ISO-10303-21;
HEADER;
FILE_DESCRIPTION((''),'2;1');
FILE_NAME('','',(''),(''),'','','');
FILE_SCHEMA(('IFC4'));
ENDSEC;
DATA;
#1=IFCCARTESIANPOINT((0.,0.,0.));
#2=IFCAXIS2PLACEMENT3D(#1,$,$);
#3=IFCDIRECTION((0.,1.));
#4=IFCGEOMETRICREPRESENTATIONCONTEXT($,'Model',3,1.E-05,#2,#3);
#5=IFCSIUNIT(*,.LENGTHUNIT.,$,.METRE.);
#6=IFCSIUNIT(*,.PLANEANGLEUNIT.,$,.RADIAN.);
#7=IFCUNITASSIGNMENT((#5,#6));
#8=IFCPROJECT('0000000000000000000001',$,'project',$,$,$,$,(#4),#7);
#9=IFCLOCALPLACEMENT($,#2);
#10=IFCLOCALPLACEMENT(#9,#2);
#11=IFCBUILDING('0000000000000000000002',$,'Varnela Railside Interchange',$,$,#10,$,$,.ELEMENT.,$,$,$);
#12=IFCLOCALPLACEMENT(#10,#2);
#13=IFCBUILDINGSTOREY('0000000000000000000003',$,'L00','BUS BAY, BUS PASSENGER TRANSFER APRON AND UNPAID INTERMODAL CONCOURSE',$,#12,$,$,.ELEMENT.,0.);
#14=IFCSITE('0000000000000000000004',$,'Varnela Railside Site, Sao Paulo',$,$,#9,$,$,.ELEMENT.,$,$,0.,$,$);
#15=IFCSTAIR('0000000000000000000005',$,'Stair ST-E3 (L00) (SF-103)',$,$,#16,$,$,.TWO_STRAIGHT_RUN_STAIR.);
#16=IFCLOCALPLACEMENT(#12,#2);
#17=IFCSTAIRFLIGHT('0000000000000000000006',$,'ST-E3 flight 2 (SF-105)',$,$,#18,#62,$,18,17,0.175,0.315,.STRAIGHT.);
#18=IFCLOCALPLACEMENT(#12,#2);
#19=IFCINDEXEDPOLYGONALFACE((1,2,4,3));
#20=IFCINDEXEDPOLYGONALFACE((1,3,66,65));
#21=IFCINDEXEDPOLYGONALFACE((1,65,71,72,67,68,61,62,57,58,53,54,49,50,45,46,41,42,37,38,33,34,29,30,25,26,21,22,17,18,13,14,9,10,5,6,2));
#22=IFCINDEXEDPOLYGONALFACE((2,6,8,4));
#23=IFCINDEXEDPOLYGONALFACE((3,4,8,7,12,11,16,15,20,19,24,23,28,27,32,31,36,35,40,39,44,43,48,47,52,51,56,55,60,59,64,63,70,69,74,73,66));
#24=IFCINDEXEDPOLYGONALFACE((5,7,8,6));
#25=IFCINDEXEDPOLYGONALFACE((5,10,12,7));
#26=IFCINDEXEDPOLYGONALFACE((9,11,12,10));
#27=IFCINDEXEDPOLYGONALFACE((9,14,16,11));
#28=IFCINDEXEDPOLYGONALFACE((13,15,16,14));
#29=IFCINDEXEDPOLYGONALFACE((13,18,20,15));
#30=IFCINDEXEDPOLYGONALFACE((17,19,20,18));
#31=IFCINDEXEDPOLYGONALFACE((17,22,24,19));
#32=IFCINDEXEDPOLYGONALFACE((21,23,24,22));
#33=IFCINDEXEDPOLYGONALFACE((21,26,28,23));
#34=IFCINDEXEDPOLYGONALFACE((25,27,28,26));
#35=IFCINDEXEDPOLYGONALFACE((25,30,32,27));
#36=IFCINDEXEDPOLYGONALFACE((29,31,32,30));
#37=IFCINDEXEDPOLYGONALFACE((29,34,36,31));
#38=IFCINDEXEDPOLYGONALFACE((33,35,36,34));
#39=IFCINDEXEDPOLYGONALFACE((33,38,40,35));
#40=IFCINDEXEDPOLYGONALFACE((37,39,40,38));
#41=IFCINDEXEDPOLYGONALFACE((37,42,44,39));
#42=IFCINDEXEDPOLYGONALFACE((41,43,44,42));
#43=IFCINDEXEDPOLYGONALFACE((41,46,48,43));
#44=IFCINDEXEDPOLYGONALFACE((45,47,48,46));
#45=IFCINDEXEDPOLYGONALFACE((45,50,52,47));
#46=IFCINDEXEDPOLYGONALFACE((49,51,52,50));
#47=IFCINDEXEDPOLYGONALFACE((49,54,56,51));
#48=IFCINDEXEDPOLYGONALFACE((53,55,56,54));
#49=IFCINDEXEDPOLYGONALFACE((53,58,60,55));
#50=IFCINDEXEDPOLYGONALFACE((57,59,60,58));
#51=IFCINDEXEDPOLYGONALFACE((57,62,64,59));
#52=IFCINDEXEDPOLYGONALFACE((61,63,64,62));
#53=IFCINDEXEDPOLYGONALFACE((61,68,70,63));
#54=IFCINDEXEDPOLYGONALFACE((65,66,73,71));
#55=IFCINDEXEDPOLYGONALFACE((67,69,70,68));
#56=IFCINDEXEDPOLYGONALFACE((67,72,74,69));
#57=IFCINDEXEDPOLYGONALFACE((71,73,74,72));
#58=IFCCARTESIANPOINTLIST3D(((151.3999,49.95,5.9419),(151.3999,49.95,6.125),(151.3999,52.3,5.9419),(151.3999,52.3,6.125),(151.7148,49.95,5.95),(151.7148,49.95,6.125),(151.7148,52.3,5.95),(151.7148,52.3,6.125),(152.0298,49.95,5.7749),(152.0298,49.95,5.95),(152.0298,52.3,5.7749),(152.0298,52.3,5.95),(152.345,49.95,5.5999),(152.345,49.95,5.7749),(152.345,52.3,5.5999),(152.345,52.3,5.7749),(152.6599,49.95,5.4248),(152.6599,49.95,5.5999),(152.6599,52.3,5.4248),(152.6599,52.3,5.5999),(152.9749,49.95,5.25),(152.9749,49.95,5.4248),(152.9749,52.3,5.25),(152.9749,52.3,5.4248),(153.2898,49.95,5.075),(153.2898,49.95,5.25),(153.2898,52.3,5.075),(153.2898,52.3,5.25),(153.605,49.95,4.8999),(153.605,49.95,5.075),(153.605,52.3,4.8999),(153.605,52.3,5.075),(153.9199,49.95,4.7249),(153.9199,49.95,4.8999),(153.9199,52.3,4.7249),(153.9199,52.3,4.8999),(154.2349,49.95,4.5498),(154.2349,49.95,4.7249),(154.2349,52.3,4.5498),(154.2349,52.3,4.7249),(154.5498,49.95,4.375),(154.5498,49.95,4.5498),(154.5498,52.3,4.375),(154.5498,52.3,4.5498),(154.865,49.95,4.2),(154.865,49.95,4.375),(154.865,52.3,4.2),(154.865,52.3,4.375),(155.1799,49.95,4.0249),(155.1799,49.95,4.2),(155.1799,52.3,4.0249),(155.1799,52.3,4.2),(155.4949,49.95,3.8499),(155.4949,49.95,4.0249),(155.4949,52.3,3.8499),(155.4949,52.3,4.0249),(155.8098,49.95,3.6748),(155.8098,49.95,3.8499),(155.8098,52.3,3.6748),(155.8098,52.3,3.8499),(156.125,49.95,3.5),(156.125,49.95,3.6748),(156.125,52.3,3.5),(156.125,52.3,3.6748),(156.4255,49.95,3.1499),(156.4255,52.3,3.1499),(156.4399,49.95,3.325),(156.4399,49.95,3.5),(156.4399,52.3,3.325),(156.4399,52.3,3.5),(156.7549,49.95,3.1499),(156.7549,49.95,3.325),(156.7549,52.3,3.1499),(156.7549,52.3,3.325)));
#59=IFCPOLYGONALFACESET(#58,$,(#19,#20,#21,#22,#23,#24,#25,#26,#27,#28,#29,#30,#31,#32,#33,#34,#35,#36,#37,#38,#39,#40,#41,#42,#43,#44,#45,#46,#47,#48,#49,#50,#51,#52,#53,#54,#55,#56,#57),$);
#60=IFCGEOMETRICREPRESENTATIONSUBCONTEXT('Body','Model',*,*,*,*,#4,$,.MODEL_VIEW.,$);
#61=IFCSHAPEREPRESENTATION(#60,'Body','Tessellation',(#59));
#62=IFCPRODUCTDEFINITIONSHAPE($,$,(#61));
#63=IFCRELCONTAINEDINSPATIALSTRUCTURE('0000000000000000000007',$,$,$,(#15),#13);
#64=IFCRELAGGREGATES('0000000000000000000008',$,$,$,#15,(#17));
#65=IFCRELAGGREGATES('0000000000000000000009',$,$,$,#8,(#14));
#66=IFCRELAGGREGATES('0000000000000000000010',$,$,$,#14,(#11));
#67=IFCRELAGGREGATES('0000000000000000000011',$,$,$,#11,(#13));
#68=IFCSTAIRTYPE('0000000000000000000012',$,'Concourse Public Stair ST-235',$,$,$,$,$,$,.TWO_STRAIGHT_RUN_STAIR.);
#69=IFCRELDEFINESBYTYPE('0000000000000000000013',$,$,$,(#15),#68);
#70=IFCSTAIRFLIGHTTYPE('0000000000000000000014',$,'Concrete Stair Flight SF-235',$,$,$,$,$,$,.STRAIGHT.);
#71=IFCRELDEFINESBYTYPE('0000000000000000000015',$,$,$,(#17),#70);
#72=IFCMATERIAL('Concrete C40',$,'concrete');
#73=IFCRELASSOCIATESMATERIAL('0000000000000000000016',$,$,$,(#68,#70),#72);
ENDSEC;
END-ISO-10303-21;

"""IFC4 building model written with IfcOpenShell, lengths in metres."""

from ifc_helpers import new_model, si_unit, direction, frame, origin, place, context, subcontext, project, spatial, polyline, outline, extrude, material, type_object, element, aggregate, save


model = new_model("IFC4")

# Units and contexts
model_context = context("Model", 3, precision=1e-05, world=origin(), true_north=direction((0.0, 1.0)))
body_context = subcontext(model_context, "Body", "Model", "MODEL_VIEW")
ifc_project = project(units=[si_unit("LENGTHUNIT", "METRE"), si_unit("PLANEANGLEUNIT", "RADIAN")], contexts=[model_context])

# Site, building, storey
site_placement = place(None, origin())
site = spatial("IfcSite", under=ifc_project, at=site_placement, Name="Varnela Railside Site, Sao Paulo", CompositionType="ELEMENT", RefElevation=0.0)
building_placement = place(site_placement, origin())
building = spatial("IfcBuilding", under=site, at=building_placement, Name="Varnela Railside Interchange", CompositionType="ELEMENT")
storey_placement = place(building_placement, origin())
storey = spatial("IfcBuildingStorey", under=building, at=storey_placement, Name="L00", Description="BUS BAY, BUS PASSENGER TRANSFER APRON AND UNPAID INTERMODAL CONCOURSE", CompositionType="ELEMENT", Elevation=0.0)

# Shared definitions
ifc_material_1 = material(Name="Concrete C40", Category="concrete")

# Stair, stair flight
stair_type = type_object("IfcStairType", Name="Concourse Public Stair ST-235", PredefinedType="TWO_STRAIGHT_RUN_STAIR", material=ifc_material_1)
stair_placement = place(storey_placement, origin())
stair = element("IfcStair", 1, at=stair_placement, inside=storey, type_object=stair_type, Name="Stair ST-E3 (L00) (SF-103)", PredefinedType="TWO_STRAIGHT_RUN_STAIR")
stair_flight_type = type_object("IfcStairFlightType", Name="Concrete Stair Flight SF-235", PredefinedType="STRAIGHT", material=ifc_material_1)
stair_flight_1_placement = place(storey_placement, frame((156.7549, 51.125, 3.1499), z_axis=(0.0, 0.0, 1.0), x_axis=(-1.0, 0.0, 0.0)))
stair_flight_1 = element("IfcStairFlight", 2, at=stair_flight_1_placement, type_object=stair_flight_type, Name="ST-E3 flight 2 (SF-105)", NumberOfRisers=18, NumberOfTreads=17, PredefinedType="STRAIGHT", RiserHeight=0.175, TreadLength=0.315, context=body_context, shape_type="SweptSolid", body=[
    extrude(outline(polyline([(0.0, 0.0), (0.0, 0.175), (0.3149, 0.175), (0.3149, 0.3501), (0.6299, 0.3501), (0.6299, 0.5249), (0.9451, 0.5249), (0.9451, 0.7), (1.26, 0.7), (1.26, 0.875), (1.575, 0.875), (1.575, 1.05), (1.8899, 1.05), (1.8899, 1.2251), (2.2051, 1.2251), (2.2051, 1.3999), (2.52, 1.3999), (2.52, 1.575), (2.835, 1.575), (2.835, 1.75), (3.1499, 1.75), (3.1499, 1.925), (3.4651, 1.925), (3.4651, 2.1001), (3.78, 2.1001), (3.78, 2.2749), (4.095, 2.2749), (4.095, 2.45), (4.4099, 2.45), (4.4099, 2.625), (4.7251, 2.625), (4.7251, 2.8), (5.04, 2.8), (5.04, 2.9751), (5.355, 2.9751), (5.355, 3.1499), (5.355, 2.792), (0.3293, 0.0), (0.0, 0.0)])), frame((0.0, 1.175, 0.0), z_axis=(0.0, -1.0, 0.0), x_axis=(1.0, 0.0, 0.0)), (0.0, 0.0, 1.0), 2.3501),
])
aggregate(stair, [stair_flight_1])

save(model, "model.ifc")
